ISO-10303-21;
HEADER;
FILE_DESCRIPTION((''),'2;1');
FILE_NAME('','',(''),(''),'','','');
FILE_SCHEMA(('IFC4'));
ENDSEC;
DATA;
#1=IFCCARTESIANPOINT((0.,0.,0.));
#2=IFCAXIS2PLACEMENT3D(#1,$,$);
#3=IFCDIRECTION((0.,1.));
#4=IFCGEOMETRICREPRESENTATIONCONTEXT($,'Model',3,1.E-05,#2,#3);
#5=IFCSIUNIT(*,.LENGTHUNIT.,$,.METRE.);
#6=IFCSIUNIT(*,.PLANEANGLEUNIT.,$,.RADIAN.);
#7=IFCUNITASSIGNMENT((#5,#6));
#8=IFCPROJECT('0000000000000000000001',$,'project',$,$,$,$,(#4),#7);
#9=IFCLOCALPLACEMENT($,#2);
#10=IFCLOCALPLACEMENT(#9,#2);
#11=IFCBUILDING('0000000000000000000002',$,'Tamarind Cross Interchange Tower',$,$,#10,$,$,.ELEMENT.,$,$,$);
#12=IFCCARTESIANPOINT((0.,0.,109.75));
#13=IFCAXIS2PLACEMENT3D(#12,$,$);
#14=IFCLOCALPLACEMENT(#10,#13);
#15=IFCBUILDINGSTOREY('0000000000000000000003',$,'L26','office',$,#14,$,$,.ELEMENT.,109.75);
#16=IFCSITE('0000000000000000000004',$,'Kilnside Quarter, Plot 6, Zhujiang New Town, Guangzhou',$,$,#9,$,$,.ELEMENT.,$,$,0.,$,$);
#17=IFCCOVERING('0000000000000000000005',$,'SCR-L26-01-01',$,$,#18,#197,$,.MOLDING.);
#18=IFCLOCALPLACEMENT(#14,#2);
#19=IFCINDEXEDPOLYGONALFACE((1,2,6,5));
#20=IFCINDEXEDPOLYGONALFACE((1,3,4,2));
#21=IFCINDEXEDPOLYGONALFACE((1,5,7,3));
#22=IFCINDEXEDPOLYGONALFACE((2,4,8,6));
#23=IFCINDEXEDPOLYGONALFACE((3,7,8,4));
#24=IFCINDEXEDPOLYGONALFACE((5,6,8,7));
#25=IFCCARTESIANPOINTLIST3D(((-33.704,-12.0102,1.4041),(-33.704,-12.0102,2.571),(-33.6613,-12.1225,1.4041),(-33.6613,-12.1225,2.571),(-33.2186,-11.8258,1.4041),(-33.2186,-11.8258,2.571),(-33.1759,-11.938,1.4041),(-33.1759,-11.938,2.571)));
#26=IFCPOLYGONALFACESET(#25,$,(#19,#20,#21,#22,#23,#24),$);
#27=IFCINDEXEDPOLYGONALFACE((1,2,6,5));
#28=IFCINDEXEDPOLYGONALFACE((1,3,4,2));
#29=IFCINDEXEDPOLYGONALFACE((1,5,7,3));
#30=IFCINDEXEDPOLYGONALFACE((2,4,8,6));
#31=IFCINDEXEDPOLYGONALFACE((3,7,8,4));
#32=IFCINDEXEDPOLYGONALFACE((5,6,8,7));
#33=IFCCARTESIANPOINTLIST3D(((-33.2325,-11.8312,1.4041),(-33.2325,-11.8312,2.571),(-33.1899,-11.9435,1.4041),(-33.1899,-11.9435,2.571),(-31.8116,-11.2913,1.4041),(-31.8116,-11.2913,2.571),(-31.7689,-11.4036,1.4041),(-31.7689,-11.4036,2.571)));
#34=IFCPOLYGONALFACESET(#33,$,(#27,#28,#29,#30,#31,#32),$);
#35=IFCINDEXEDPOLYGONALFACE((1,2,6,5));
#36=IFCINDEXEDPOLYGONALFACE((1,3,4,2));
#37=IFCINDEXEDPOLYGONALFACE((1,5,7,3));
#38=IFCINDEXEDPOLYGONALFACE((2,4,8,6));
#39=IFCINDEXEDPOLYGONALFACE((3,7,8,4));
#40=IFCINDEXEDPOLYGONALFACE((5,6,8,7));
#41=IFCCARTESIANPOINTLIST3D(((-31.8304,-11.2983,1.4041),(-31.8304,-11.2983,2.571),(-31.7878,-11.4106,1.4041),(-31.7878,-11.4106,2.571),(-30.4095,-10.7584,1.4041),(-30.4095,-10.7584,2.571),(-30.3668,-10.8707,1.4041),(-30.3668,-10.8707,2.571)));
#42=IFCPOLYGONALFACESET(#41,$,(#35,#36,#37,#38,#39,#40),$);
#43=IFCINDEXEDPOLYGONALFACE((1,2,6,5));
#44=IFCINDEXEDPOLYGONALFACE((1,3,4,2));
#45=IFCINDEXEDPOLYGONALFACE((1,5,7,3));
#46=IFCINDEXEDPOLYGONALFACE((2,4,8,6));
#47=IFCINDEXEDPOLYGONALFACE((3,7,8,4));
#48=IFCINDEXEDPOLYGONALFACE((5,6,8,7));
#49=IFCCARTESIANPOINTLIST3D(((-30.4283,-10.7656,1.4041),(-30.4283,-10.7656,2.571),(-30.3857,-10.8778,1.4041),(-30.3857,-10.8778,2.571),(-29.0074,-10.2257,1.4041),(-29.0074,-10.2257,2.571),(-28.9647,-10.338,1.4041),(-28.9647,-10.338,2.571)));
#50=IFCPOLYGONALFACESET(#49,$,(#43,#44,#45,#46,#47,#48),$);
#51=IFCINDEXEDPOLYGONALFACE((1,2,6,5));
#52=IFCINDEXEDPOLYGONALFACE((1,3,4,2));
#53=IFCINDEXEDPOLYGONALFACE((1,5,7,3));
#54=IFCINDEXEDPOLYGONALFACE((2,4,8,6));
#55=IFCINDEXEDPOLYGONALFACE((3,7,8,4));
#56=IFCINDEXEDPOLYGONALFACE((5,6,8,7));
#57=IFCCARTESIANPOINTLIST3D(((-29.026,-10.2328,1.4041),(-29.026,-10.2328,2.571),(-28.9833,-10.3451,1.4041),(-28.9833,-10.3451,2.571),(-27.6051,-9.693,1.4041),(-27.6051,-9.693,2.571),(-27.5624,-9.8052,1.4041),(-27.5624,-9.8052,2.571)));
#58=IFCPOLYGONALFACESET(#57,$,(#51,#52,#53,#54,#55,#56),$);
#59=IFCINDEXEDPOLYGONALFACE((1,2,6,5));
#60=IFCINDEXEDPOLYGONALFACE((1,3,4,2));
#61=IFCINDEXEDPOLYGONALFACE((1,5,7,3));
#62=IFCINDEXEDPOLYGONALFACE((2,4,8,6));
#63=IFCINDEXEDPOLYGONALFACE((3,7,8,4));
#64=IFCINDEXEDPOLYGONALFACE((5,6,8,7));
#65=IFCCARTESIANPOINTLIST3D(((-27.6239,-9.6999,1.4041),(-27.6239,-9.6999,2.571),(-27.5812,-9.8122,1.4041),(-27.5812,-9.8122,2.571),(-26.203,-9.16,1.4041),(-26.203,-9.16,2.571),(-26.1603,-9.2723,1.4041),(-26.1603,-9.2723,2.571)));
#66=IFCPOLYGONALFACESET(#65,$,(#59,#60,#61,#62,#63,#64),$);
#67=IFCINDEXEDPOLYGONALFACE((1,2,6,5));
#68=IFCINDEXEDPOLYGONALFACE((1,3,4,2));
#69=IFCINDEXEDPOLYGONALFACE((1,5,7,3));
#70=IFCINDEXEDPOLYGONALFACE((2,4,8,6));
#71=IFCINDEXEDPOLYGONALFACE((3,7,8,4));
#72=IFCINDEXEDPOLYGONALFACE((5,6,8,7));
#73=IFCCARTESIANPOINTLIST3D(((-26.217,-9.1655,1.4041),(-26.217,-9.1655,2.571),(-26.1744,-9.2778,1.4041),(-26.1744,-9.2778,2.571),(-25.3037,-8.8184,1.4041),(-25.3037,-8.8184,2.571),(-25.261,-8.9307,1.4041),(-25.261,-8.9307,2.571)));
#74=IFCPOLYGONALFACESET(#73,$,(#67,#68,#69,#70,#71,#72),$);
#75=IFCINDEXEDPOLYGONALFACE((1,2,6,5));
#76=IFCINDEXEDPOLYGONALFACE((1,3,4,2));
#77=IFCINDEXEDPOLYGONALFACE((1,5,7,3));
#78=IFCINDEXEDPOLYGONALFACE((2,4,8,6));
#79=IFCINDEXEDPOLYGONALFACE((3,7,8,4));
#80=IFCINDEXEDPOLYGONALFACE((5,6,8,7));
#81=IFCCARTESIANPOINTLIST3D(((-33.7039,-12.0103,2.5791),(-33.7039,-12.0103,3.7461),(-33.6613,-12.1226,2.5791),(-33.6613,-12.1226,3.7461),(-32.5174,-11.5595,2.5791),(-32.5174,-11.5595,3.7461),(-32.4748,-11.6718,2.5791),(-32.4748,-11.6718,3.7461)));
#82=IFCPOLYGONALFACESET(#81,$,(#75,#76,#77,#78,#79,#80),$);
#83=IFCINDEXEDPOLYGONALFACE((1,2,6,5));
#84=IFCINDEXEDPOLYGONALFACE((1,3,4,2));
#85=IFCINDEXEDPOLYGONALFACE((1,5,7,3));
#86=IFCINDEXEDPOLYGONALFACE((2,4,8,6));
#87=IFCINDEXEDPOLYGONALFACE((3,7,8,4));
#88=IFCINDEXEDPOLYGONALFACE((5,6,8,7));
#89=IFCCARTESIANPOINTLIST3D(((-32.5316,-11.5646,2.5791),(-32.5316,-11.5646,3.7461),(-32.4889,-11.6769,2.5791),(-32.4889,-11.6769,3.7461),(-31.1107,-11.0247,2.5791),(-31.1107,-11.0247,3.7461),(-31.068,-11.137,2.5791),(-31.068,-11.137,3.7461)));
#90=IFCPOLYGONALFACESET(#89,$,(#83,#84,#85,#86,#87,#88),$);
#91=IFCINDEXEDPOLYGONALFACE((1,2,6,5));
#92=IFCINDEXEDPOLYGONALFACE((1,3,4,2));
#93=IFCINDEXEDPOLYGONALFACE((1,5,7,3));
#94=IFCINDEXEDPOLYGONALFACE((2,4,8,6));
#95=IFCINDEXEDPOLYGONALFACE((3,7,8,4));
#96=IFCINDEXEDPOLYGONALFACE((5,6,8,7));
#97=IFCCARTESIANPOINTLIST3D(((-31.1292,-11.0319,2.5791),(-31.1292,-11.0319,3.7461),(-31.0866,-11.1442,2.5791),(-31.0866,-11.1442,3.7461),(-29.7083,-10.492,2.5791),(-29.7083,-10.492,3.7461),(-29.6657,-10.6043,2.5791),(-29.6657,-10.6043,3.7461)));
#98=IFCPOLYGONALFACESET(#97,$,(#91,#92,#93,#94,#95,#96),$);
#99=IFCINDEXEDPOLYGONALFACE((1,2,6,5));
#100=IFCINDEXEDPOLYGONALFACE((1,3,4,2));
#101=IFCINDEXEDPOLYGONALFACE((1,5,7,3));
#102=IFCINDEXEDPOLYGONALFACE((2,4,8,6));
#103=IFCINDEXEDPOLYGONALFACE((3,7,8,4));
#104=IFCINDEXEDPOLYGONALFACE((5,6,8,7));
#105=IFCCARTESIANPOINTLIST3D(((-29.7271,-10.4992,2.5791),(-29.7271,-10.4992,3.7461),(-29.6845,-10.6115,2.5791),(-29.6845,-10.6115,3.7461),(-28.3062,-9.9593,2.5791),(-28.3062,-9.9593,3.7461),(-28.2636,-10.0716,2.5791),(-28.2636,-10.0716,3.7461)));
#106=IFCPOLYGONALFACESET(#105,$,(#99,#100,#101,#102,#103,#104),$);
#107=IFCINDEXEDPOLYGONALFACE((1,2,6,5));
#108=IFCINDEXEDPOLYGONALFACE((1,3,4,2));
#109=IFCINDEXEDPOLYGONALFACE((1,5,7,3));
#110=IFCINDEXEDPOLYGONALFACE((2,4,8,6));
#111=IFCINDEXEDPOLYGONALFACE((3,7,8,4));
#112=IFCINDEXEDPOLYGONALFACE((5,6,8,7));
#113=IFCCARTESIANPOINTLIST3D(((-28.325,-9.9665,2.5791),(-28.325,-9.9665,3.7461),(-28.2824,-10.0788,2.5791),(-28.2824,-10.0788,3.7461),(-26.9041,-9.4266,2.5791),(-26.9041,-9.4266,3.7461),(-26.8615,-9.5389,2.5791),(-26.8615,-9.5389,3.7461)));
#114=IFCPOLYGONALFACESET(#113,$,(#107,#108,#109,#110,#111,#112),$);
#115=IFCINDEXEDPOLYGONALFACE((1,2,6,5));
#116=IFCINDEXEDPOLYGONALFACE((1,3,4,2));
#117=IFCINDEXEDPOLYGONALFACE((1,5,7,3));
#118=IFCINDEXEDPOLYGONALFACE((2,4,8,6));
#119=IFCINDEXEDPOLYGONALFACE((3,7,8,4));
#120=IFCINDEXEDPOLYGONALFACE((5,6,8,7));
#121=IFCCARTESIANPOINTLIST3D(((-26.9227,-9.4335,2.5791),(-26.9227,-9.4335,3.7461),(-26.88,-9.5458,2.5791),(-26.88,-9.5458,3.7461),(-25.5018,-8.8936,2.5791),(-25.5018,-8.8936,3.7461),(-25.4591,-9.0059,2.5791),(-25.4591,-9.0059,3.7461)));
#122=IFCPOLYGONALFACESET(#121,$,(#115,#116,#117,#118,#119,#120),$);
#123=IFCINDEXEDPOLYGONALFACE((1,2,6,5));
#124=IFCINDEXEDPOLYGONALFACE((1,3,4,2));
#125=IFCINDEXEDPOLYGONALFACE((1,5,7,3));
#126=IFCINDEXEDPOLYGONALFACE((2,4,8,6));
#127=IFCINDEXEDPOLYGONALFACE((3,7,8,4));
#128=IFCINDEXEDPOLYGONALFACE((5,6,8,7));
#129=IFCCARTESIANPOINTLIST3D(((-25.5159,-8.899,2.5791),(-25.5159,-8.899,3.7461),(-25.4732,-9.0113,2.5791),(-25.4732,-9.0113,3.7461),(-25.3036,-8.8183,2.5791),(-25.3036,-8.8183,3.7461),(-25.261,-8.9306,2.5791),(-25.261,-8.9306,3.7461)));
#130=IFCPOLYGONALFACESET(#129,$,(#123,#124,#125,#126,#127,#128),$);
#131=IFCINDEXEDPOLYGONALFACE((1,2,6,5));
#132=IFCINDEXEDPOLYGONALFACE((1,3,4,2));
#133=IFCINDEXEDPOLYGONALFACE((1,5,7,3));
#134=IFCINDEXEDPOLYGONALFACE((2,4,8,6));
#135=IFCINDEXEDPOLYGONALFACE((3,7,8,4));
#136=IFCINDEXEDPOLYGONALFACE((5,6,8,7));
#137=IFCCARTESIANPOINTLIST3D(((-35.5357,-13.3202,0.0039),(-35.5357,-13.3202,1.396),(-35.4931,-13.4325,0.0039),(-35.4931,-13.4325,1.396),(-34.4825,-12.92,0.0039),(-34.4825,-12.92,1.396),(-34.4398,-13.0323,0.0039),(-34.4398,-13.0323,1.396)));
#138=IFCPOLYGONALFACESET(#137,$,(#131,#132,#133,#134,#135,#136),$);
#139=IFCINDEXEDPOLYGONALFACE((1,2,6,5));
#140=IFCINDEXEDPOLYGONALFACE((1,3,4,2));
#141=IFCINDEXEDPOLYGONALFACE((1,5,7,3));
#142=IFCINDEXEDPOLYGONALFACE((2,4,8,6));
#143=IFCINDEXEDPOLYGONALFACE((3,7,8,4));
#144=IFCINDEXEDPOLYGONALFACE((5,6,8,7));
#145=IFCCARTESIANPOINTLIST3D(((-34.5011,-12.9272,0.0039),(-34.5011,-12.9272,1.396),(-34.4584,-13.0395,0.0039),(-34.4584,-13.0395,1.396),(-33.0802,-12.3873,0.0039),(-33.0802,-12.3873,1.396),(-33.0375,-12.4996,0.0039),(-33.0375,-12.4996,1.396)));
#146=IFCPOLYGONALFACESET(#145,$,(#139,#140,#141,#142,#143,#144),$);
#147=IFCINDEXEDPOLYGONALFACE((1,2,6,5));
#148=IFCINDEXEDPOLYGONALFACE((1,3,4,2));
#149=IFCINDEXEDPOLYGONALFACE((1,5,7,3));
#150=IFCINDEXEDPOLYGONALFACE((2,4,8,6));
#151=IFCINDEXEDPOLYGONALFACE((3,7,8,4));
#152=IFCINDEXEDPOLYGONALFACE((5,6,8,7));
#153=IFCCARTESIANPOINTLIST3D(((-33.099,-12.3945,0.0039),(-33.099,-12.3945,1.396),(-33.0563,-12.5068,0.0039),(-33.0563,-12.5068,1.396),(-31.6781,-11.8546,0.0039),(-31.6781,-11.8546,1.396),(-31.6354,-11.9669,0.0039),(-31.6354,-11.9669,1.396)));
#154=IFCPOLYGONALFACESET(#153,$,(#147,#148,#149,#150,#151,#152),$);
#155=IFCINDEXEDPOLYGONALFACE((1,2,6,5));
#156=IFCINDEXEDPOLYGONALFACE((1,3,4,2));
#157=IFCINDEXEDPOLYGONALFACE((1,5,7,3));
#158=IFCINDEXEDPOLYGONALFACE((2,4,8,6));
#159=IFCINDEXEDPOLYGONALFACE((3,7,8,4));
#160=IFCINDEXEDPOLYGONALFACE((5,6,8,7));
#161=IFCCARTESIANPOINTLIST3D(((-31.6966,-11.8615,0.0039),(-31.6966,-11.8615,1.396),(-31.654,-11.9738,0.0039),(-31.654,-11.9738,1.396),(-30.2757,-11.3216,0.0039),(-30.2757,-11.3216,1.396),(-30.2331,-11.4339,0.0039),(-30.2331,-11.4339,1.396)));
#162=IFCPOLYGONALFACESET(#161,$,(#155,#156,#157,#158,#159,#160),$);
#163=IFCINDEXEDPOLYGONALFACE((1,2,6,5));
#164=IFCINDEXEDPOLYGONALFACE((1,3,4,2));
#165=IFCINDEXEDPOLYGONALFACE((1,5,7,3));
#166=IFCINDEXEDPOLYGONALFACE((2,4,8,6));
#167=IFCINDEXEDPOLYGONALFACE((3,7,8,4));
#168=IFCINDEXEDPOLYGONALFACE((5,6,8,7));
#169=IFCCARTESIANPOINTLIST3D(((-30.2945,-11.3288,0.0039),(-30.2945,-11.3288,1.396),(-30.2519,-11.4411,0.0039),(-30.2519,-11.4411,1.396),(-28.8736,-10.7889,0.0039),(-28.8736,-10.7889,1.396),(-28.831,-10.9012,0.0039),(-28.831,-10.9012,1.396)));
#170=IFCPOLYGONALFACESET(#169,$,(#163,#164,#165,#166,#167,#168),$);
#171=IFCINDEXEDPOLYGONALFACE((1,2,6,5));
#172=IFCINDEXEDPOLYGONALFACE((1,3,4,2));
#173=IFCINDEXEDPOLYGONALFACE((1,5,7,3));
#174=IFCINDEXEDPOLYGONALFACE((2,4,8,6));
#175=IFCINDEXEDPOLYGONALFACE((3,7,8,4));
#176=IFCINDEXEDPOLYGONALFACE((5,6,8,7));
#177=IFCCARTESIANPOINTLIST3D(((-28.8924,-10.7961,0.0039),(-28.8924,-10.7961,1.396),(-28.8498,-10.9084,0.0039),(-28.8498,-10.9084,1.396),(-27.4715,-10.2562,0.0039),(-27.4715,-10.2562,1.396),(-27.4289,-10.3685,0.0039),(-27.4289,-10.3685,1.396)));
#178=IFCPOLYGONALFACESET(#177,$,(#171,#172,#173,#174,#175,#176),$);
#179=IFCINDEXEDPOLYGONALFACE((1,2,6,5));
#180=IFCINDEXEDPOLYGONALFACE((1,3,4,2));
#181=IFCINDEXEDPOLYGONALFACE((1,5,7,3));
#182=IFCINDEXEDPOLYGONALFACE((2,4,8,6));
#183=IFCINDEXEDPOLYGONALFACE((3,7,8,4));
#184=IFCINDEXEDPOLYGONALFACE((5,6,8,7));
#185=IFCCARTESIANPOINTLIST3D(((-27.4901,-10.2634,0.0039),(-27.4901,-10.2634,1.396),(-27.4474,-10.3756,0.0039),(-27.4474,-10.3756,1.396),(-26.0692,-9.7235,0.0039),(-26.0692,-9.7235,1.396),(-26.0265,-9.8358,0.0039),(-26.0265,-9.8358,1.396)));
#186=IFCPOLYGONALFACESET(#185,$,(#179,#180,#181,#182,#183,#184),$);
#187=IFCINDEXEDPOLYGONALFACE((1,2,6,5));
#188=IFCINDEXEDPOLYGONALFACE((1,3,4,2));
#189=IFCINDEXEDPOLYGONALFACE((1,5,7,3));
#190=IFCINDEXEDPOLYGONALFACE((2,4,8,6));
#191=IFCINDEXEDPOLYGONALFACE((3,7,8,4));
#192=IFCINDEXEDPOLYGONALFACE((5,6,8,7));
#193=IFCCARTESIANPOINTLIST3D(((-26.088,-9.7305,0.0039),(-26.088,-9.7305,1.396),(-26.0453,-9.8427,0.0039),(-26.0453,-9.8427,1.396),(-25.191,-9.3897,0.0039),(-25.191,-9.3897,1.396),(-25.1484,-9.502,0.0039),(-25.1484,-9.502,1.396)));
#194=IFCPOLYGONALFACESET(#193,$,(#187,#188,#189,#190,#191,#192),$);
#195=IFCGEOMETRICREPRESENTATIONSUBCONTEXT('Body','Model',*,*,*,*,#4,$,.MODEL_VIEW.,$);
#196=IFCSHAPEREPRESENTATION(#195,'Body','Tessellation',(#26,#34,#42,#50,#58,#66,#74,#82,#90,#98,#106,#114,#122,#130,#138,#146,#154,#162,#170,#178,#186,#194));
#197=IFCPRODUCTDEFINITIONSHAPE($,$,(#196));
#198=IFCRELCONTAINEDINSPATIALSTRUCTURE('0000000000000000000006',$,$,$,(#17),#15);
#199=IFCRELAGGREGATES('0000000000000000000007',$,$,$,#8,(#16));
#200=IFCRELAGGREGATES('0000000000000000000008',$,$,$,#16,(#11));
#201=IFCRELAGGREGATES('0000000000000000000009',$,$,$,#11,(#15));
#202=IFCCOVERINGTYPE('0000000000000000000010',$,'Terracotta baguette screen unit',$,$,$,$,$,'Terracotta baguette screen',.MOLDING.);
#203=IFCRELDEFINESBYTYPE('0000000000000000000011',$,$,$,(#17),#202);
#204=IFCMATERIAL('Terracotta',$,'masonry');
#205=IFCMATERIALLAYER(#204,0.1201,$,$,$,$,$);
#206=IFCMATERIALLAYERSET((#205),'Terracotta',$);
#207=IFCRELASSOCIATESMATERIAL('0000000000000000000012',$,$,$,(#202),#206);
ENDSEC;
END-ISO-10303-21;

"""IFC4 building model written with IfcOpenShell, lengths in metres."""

from ifc_helpers import new_model, si_unit, direction, frame, origin, origin_2d, place, context, subcontext, project, spatial, rectangle, extrude, material, layer, layer_set, type_object, element, save


model = new_model("IFC4")

# Units and contexts
model_context = context("Model", 3, precision=1e-05, world=origin(), true_north=direction((0.0, 1.0)))
body_context = subcontext(model_context, "Body", "Model", "MODEL_VIEW")
ifc_project = project(units=[si_unit("LENGTHUNIT", "METRE"), si_unit("PLANEANGLEUNIT", "RADIAN")], contexts=[model_context])

# Site, building, storey
site_placement = place(None, origin())
site = spatial("IfcSite", under=ifc_project, at=site_placement, Name="Kilnside Quarter, Plot 6, Zhujiang New Town, Guangzhou", CompositionType="ELEMENT", RefElevation=0.0)
building_placement = place(site_placement, origin())
building = spatial("IfcBuilding", under=site, at=building_placement, Name="Tamarind Cross Interchange Tower", CompositionType="ELEMENT")
storey_placement = place(building_placement, frame((0.0, 0.0, 109.75)))
storey = spatial("IfcBuildingStorey", under=building, at=storey_placement, Name="L26", Description="office", CompositionType="ELEMENT", Elevation=109.75)

# Covering
ifc_material_1 = material(Name="Terracotta", Category="masonry")
ifc_layer_1 = layer(ifc_material_1, 0.1201)
ifc_layer_set_1 = layer_set([ifc_layer_1], Name="Terracotta")
covering_type = type_object("IfcCoveringType", Name="Terracotta baguette screen unit", ElementType="Terracotta baguette screen", PredefinedType="MOLDING", material=ifc_layer_set_1)
covering_1_placement = place(storey_placement, origin())
element("IfcCovering", 1, at=covering_1_placement, inside=storey, type_object=covering_type, Name="SCR-L26-01-01", PredefinedType="MOLDING", context=body_context, shape_type="SweptSolid", body=[
    extrude(rectangle(XDim=0.5193, YDim=0.1201, at=origin_2d()), frame((-33.4399, -11.9741, 1.4041), z_axis=(0.0, 0.0, 1.0), x_axis=(0.934796, 0.355186, 0.0)), (0.0, 0.0, 1.0), 1.167),
    extrude(rectangle(XDim=1.52, YDim=0.1201, at=origin_2d()), frame((-32.5007, -11.6174, 1.4041), z_axis=(0.0, 0.0, 1.0), x_axis=(0.934796, 0.355186, 0.0)), (0.0, 0.0, 1.0), 1.167),
    extrude(rectangle(XDim=1.52, YDim=0.1201, at=origin_2d()), frame((-31.0986, -11.0845, 1.4041), z_axis=(0.0, 0.0, 1.0), x_axis=(0.934796, 0.355186, 0.0)), (0.0, 0.0, 1.0), 1.167),
    extrude(rectangle(XDim=1.52, YDim=0.1201, at=origin_2d()), frame((-29.6965, -10.5518, 1.4041), z_axis=(0.0, 0.0, 1.0), x_axis=(0.934796, 0.355186, 0.0)), (0.0, 0.0, 1.0), 1.167),
    extrude(rectangle(XDim=1.52, YDim=0.1201, at=origin_2d()), frame((-28.2942, -10.019, 1.4041), z_axis=(0.0, 0.0, 1.0), x_axis=(0.934796, 0.355186, 0.0)), (0.0, 0.0, 1.0), 1.167),
    extrude(rectangle(XDim=1.52, YDim=0.1201, at=origin_2d()), frame((-26.8921, -9.4861, 1.4041), z_axis=(0.0, 0.0, 1.0), x_axis=(0.934796, 0.355186, 0.0)), (0.0, 0.0, 1.0), 1.167),
    extrude(rectangle(XDim=0.9771, YDim=0.1201, at=origin_2d()), frame((-25.739, -9.0481, 1.4041), z_axis=(0.0, 0.0, 1.0), x_axis=(0.934796, 0.355186, 0.0)), (0.0, 0.0, 1.0), 1.167),
    extrude(rectangle(XDim=1.2693, YDim=0.1201, at=origin_2d()), frame((-33.0894, -11.8411, 2.5791), z_axis=(0.0, 0.0, 1.0), x_axis=(0.934796, 0.355186, 0.0)), (0.0, 0.0, 1.0), 1.167),
    extrude(rectangle(XDim=1.52, YDim=0.1201, at=origin_2d()), frame((-31.7998, -11.3508, 2.5791), z_axis=(0.0, 0.0, 1.0), x_axis=(0.934796, 0.355186, 0.0)), (0.0, 0.0, 1.0), 1.167),
    extrude(rectangle(XDim=1.52, YDim=0.1201, at=origin_2d()), frame((-30.3975, -10.8181, 2.5791), z_axis=(0.0, 0.0, 1.0), x_axis=(0.934796, 0.355186, 0.0)), (0.0, 0.0, 1.0), 1.167),
    extrude(rectangle(XDim=1.52, YDim=0.1201, at=origin_2d()), frame((-28.9954, -10.2854, 2.5791), z_axis=(0.0, 0.0, 1.0), x_axis=(0.934796, 0.355186, 0.0)), (0.0, 0.0, 1.0), 1.167),
    extrude(rectangle(XDim=1.52, YDim=0.1201, at=origin_2d()), frame((-27.5933, -9.7527, 2.5791), z_axis=(0.0, 0.0, 1.0), x_axis=(0.934796, 0.355186, 0.0)), (0.0, 0.0, 1.0), 1.167),
    extrude(rectangle(XDim=1.52, YDim=0.1201, at=origin_2d()), frame((-26.1909, -9.2197, 2.5791), z_axis=(0.0, 0.0, 1.0), x_axis=(0.934796, 0.355186, 0.0)), (0.0, 0.0, 1.0), 1.167),
    extrude(rectangle(XDim=0.2271, YDim=0.1201, at=origin_2d()), frame((-25.3884, -8.9148, 2.5791), z_axis=(0.0, 0.0, 1.0), x_axis=(0.934796, 0.355186, 0.0)), (0.0, 0.0, 1.0), 1.167),
    extrude(rectangle(XDim=1.1267, YDim=0.1201, at=origin_2d()), frame((-34.9878, -13.1763, 0.0039), z_axis=(0.0, 0.0, 1.0), x_axis=(0.934796, 0.355186, 0.0)), (0.0, 0.0, 1.0), 1.3921),
    extrude(rectangle(XDim=1.52, YDim=0.1201, at=origin_2d()), frame((-33.7693, -12.7134, 0.0039), z_axis=(0.0, 0.0, 1.0), x_axis=(0.934796, 0.355186, 0.0)), (0.0, 0.0, 1.0), 1.3921),
    extrude(rectangle(XDim=1.52, YDim=0.1201, at=origin_2d()), frame((-32.3672, -12.1807, 0.0039), z_axis=(0.0, 0.0, 1.0), x_axis=(0.934796, 0.355186, 0.0)), (0.0, 0.0, 1.0), 1.3921),
    extrude(rectangle(XDim=1.52, YDim=0.1201, at=origin_2d()), frame((-30.9648, -11.6477, 0.0039), z_axis=(0.0, 0.0, 1.0), x_axis=(0.934796, 0.355186, 0.0)), (0.0, 0.0, 1.0), 1.3921),
    extrude(rectangle(XDim=1.52, YDim=0.1201, at=origin_2d()), frame((-29.5627, -11.115, 0.0039), z_axis=(0.0, 0.0, 1.0), x_axis=(0.934796, 0.355186, 0.0)), (0.0, 0.0, 1.0), 1.3921),
    extrude(rectangle(XDim=1.52, YDim=0.1201, at=origin_2d()), frame((-28.1606, -10.5823, 0.0039), z_axis=(0.0, 0.0, 1.0), x_axis=(0.934796, 0.355186, 0.0)), (0.0, 0.0, 1.0), 1.3921),
    extrude(rectangle(XDim=1.52, YDim=0.1201, at=origin_2d()), frame((-26.7583, -10.0496, 0.0039), z_axis=(0.0, 0.0, 1.0), x_axis=(0.934796, 0.355186, 0.0)), (0.0, 0.0, 1.0), 1.3921),
    extrude(rectangle(XDim=0.9595, YDim=0.1201, at=origin_2d()), frame((-25.6182, -9.6162, 0.0039), z_axis=(0.0, 0.0, 1.0), x_axis=(0.934796, 0.355186, 0.0)), (0.0, 0.0, 1.0), 1.3921),
])

save(model, "model.ifc")
